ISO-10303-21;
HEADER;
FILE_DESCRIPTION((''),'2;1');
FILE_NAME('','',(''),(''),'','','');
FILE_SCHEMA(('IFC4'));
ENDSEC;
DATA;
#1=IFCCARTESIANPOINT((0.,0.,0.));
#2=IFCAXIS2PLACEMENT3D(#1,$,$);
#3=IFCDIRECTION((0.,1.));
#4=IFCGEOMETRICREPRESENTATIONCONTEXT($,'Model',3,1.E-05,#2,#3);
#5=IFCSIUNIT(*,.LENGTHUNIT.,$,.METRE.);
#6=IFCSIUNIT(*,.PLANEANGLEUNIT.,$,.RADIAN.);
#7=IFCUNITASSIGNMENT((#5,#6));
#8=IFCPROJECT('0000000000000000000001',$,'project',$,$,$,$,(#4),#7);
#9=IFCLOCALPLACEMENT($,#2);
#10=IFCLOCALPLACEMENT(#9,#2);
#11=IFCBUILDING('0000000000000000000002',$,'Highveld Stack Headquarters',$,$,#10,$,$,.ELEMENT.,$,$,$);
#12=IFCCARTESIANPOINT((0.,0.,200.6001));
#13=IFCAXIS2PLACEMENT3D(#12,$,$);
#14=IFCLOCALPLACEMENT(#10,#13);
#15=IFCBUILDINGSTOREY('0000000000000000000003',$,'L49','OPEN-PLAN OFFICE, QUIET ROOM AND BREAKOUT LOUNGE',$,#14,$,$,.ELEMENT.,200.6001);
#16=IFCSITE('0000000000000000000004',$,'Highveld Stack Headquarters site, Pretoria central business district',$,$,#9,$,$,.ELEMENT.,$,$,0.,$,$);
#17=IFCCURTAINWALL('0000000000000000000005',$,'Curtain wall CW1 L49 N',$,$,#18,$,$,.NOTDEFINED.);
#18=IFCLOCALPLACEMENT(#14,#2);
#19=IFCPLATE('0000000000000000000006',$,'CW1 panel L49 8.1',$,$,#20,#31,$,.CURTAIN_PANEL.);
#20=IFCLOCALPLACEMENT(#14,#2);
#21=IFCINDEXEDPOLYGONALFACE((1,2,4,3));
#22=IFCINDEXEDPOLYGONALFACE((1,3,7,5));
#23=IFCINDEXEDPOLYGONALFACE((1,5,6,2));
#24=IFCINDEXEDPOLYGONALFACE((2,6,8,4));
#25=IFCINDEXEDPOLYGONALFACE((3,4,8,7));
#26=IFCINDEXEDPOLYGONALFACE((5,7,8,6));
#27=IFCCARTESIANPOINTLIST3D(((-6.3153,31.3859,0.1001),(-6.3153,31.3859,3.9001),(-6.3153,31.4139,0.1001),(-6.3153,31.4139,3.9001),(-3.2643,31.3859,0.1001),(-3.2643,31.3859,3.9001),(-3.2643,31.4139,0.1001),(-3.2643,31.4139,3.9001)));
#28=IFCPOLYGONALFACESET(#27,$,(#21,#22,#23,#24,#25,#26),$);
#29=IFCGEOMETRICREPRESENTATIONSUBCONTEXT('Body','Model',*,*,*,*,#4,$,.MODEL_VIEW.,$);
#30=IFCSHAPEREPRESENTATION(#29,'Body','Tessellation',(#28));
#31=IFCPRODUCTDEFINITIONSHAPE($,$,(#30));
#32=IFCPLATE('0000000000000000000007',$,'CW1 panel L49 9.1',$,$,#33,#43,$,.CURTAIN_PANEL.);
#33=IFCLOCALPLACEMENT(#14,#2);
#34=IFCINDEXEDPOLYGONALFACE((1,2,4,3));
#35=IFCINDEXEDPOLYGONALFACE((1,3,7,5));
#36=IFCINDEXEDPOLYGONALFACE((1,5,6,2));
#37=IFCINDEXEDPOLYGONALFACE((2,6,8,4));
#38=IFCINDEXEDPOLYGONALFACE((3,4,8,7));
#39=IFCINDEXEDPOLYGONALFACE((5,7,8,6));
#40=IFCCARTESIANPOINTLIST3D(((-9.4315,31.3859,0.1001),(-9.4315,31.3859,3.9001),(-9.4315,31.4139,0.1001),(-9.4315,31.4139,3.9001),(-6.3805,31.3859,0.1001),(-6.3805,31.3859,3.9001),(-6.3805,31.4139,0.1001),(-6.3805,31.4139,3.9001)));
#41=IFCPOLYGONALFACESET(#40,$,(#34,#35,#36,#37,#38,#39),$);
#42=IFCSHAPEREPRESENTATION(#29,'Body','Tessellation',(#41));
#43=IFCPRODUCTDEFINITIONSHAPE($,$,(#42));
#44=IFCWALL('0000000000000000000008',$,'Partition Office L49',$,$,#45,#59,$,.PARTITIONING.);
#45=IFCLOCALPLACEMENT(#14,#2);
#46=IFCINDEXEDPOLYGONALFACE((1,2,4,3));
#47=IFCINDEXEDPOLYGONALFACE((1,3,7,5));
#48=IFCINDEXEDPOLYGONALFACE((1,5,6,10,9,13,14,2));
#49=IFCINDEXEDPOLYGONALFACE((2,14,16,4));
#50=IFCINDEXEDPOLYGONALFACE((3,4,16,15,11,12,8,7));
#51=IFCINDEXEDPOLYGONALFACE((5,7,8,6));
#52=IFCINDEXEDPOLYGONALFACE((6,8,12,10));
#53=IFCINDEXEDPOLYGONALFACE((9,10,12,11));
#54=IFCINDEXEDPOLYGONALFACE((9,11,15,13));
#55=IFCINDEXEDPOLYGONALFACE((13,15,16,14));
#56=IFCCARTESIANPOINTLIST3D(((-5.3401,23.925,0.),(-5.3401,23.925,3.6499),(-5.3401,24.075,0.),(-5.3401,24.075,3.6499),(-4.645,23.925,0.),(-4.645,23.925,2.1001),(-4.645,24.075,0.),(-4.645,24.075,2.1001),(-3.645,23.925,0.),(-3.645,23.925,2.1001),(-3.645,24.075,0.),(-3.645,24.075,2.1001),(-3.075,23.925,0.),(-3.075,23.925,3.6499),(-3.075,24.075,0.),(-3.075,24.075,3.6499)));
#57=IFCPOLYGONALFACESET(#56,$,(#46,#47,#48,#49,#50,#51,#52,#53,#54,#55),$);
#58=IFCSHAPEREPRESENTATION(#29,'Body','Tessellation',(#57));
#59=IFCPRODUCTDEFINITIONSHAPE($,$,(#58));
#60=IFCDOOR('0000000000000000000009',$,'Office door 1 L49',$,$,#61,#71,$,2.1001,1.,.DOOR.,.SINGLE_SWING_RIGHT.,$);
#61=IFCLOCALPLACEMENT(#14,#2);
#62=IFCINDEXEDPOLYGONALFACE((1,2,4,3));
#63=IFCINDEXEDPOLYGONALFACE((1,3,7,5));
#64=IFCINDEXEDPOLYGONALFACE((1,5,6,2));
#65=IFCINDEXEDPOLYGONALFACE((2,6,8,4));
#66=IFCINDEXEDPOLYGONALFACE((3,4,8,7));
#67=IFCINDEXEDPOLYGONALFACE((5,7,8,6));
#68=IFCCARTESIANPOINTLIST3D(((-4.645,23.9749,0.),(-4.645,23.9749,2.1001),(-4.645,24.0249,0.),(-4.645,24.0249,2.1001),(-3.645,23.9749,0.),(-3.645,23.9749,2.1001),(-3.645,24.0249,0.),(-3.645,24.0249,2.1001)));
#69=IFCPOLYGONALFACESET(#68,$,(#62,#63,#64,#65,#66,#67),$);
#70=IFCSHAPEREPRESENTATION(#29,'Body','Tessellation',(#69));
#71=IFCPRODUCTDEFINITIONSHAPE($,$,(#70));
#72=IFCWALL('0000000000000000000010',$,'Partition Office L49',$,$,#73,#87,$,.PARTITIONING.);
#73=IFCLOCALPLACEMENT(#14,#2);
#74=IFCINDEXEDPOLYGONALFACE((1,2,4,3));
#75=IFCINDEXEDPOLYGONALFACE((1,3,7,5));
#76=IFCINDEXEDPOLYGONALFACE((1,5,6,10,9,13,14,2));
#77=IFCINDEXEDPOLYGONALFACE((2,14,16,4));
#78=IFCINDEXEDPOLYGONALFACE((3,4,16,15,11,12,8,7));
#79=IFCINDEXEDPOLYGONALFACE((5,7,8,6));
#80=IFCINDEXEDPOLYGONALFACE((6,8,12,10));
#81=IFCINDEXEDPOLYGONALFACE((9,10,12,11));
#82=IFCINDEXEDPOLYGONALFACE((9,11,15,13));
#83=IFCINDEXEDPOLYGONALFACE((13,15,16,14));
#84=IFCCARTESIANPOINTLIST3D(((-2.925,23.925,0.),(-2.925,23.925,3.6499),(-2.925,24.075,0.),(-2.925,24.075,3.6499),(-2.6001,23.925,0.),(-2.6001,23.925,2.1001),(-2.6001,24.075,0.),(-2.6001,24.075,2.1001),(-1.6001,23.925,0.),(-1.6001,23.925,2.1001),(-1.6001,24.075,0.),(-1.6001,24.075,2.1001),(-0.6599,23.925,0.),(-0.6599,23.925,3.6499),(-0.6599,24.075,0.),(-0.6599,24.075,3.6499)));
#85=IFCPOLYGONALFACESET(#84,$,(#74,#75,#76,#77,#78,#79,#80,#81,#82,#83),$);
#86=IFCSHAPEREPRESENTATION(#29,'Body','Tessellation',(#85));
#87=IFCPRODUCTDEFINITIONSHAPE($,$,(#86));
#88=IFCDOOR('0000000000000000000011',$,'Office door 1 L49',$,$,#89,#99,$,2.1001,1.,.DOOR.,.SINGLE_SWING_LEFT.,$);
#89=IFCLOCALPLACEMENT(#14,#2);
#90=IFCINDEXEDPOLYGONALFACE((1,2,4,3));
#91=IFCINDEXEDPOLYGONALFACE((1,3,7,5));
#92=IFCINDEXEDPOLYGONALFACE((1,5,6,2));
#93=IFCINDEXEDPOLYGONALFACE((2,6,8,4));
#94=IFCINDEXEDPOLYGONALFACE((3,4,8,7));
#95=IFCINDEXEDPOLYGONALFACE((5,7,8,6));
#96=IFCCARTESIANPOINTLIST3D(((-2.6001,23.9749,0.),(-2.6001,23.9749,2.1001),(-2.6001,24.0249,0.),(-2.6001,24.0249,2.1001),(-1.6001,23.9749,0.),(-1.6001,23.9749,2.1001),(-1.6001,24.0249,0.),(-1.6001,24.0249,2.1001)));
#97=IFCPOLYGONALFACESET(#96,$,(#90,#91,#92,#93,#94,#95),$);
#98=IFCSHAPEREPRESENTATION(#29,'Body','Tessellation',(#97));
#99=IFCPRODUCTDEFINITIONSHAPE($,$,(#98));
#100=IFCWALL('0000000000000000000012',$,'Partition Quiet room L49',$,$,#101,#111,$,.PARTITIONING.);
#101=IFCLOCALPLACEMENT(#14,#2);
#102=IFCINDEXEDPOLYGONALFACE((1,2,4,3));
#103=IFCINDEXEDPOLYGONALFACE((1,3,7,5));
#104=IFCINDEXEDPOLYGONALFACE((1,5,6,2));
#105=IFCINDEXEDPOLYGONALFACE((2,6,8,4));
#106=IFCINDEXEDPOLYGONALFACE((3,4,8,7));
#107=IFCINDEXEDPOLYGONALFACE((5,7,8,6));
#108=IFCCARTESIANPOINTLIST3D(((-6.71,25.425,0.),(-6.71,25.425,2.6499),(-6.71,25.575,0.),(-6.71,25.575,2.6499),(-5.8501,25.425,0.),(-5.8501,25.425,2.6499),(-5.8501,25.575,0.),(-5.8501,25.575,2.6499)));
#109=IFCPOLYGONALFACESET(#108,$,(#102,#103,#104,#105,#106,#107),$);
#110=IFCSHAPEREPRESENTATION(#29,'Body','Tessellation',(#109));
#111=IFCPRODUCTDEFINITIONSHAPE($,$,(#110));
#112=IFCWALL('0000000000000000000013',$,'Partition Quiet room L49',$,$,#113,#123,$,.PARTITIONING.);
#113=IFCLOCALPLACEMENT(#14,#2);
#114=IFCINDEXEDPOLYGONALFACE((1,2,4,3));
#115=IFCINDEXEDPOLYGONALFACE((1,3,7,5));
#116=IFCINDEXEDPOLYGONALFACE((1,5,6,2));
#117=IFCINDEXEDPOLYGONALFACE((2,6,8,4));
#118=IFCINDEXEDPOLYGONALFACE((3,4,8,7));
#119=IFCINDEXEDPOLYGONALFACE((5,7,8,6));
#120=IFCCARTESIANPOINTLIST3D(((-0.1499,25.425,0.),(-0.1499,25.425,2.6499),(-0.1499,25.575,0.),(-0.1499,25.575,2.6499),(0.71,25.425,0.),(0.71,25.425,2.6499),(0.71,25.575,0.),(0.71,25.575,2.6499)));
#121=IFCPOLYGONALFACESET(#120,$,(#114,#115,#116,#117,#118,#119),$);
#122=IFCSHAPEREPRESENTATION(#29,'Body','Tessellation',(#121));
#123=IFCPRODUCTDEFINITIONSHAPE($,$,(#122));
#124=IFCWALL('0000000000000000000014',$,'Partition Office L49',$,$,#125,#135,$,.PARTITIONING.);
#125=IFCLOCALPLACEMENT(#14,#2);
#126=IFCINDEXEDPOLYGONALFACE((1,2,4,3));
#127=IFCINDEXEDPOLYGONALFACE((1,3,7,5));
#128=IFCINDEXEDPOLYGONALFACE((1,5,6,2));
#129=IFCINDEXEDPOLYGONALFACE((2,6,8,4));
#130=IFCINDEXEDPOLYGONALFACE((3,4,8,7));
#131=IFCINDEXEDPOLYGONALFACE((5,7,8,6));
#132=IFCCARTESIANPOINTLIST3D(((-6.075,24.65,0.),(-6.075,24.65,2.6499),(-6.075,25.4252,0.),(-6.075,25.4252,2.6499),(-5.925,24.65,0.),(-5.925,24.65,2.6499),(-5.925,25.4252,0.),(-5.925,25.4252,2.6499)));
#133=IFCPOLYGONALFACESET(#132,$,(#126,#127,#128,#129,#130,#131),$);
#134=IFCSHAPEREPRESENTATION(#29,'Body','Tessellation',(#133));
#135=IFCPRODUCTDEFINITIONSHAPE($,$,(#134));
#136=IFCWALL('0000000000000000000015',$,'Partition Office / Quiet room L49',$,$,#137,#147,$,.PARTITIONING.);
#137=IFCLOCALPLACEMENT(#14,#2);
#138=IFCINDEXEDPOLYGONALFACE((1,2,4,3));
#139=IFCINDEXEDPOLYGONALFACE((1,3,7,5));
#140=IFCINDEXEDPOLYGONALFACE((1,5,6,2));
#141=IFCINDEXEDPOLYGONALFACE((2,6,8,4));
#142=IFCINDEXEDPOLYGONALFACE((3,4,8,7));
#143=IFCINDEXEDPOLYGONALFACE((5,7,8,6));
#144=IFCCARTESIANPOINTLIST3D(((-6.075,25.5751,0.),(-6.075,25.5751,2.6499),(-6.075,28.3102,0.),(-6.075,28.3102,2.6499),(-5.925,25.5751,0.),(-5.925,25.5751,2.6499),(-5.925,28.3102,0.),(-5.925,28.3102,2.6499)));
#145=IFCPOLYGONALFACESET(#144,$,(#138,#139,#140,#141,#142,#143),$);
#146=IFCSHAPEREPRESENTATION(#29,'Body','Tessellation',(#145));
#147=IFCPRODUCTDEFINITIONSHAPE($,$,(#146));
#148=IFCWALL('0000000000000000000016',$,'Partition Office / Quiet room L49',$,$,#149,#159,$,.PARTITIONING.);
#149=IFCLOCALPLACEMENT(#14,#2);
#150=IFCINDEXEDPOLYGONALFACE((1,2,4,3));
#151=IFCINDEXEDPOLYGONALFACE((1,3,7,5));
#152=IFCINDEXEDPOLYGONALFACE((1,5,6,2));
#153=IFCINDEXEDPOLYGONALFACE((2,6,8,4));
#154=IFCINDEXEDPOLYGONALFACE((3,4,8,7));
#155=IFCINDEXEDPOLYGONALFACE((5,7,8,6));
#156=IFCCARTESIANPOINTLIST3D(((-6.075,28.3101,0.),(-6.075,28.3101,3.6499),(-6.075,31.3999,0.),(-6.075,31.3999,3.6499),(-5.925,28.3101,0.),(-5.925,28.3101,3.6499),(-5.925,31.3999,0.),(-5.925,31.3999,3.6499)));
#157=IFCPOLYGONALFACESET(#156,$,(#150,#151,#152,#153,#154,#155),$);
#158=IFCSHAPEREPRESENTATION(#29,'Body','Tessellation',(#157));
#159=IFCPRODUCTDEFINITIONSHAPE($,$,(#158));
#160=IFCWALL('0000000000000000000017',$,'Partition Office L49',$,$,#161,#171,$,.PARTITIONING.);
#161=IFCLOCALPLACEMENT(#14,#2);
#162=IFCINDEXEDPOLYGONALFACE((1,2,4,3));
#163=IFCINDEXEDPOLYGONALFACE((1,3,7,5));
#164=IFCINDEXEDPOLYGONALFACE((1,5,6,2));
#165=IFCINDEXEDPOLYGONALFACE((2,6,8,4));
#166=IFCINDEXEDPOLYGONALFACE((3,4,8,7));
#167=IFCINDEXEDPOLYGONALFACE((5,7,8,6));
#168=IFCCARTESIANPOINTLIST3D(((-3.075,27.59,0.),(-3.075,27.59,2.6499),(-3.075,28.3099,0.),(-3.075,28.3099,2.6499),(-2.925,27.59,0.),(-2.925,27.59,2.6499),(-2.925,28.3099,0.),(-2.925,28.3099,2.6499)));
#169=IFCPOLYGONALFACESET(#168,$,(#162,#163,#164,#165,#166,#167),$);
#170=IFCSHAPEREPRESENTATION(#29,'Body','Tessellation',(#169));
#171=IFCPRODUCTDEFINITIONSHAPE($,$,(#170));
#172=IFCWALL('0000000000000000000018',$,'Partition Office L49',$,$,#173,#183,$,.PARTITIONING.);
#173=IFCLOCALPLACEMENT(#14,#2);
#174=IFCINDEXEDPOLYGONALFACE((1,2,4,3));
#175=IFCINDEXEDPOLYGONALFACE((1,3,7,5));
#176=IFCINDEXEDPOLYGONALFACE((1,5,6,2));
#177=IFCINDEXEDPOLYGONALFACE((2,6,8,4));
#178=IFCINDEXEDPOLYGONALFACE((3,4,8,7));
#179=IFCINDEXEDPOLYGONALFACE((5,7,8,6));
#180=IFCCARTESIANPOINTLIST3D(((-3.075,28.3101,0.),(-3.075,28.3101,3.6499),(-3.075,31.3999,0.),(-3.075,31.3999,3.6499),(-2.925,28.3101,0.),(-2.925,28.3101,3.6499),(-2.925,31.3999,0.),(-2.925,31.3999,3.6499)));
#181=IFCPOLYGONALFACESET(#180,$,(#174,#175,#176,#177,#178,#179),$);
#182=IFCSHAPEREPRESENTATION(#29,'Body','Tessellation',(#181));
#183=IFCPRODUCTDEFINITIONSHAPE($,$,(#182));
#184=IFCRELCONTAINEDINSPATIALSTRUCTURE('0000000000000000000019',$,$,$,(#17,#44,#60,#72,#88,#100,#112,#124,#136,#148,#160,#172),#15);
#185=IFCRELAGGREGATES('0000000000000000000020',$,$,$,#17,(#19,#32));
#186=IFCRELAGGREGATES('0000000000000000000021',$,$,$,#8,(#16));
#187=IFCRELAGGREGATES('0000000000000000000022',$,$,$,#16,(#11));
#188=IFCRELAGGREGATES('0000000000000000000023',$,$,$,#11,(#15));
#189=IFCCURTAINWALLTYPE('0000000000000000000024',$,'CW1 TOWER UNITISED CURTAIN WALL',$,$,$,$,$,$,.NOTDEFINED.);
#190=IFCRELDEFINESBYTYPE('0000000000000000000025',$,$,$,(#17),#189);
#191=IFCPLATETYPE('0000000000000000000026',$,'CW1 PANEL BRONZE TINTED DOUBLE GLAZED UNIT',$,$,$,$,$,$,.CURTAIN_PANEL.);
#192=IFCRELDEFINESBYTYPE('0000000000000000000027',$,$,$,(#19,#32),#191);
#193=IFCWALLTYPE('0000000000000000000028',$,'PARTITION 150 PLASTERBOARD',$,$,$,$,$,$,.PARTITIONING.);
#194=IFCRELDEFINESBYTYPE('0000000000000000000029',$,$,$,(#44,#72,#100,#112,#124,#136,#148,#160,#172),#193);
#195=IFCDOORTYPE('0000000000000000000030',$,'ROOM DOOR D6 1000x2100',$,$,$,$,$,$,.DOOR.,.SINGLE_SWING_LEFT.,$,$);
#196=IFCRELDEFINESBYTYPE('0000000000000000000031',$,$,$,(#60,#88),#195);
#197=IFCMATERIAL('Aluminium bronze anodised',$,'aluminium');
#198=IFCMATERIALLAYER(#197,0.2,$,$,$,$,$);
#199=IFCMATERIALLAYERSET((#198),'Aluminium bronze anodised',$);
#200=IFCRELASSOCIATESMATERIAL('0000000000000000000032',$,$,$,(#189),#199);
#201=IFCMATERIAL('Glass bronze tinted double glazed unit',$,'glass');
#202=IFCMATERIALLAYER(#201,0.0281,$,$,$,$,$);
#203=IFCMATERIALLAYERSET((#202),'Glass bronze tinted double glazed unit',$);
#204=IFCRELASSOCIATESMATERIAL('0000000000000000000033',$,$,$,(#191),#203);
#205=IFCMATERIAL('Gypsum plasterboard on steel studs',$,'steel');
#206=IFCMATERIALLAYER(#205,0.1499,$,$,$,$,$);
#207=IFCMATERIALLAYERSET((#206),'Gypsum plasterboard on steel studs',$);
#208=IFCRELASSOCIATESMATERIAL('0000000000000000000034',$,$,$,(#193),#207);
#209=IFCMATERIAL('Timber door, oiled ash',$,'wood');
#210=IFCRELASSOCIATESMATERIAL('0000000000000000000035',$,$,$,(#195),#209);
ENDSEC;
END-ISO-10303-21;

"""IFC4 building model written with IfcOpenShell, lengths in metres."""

from ifc_helpers import new_model, si_unit, direction, frame, frame_2d, origin, origin_2d, place, context, subcontext, project, spatial, rectangle, extrude, material, layer, layer_set, type_object, element, fill, aggregate, save


model = new_model("IFC4")

# Units and contexts
model_context = context("Model", 3, precision=1e-05, world=origin(), true_north=direction((0.0, 1.0)))
body_context = subcontext(model_context, "Body", "Model", "MODEL_VIEW")
ifc_project = project(units=[si_unit("LENGTHUNIT", "METRE"), si_unit("PLANEANGLEUNIT", "RADIAN")], contexts=[model_context])

# Site, building, storey
site_placement = place(None, origin())
site = spatial("IfcSite", under=ifc_project, at=site_placement, Name="Highveld Stack Headquarters site, Pretoria central business district", CompositionType="ELEMENT", RefElevation=0.0)
building_placement = place(site_placement, origin())
building = spatial("IfcBuilding", under=site, at=building_placement, Name="Highveld Stack Headquarters", CompositionType="ELEMENT")
storey_placement = place(building_placement, frame((0.0, 0.0, 200.6001)))
storey = spatial("IfcBuildingStorey", under=building, at=storey_placement, Name="L49", Description="OPEN-PLAN OFFICE, QUIET ROOM AND BREAKOUT LOUNGE", CompositionType="ELEMENT", Elevation=200.6001)

# Curtain wall
ifc_material_1 = material(Name="Aluminium bronze anodised", Category="aluminium")
ifc_layer_1 = layer(ifc_material_1, 0.2)
ifc_layer_set_1 = layer_set([ifc_layer_1], Name="Aluminium bronze anodised")
curtain_wall_type = type_object("IfcCurtainWallType", Name="CW1 TOWER UNITISED CURTAIN WALL", PredefinedType="NOTDEFINED", material=ifc_layer_set_1)
curtain_wall_placement = place(storey_placement, origin())
curtain_wall = element("IfcCurtainWall", 1, at=curtain_wall_placement, inside=storey, type_object=curtain_wall_type, Name="Curtain wall CW1 L49 N", PredefinedType="NOTDEFINED")

# Plates
ifc_material_2 = material(Name="Glass bronze tinted double glazed unit", Category="glass")
ifc_layer_2 = layer(ifc_material_2, 0.0281)
ifc_layer_set_2 = layer_set([ifc_layer_2], Name="Glass bronze tinted double glazed unit")
plate_type = type_object("IfcPlateType", Name="CW1 PANEL BRONZE TINTED DOUBLE GLAZED UNIT", PredefinedType="CURTAIN_PANEL", material=ifc_layer_set_2)
plate_1_placement = place(storey_placement, frame((-4.7898, 31.3999, 0.1001), z_axis=(0.0, 0.0, 1.0), x_axis=(-1.0, 0.0, 0.0)))
plate_1 = element("IfcPlate", 2, at=plate_1_placement, type_object=plate_type, Name="CW1 panel L49 8.1", PredefinedType="CURTAIN_PANEL", context=body_context, shape_type="SweptSolid", body=[
    extrude(rectangle(XDim=3.051, YDim=0.0281, at=origin_2d()), origin(), (0.0, 0.0, 1.0), 3.8),
])
plate_2_placement = place(storey_placement, frame((-7.906, 31.3999, 0.1001), z_axis=(0.0, 0.0, 1.0), x_axis=(-1.0, 0.0, 0.0)))
plate_2 = element("IfcPlate", 3, at=plate_2_placement, type_object=plate_type, Name="CW1 panel L49 9.1", PredefinedType="CURTAIN_PANEL", context=body_context, shape_type="SweptSolid", body=[
    extrude(rectangle(XDim=3.051, YDim=0.0281, at=origin_2d()), origin(), (0.0, 0.0, 1.0), 3.8),
])
aggregate(curtain_wall, [plate_1, plate_2])

# Walls, openings, doors
ifc_material_3 = material(Name="Gypsum plasterboard on steel studs", Category="steel")
ifc_layer_3 = layer(ifc_material_3, 0.1499)
ifc_layer_set_3 = layer_set([ifc_layer_3], Name="Gypsum plasterboard on steel studs")
wall_type = type_object("IfcWallType", Name="PARTITION 150 PLASTERBOARD", PredefinedType="PARTITIONING", material=ifc_layer_set_3)
wall_1_placement = place(storey_placement, frame((-5.3401, 24.0, 0.0), z_axis=(0.0, 0.0, 1.0), x_axis=(1.0, 0.0, 0.0)))
wall_1 = element("IfcWall", 4, at=wall_1_placement, inside=storey, type_object=wall_type, Name="Partition Office L49", PredefinedType="PARTITIONING", context=body_context, shape_type="SweptSolid", body=[
    extrude(rectangle(XDim=2.2651, YDim=0.1499, at=frame_2d((1.1326, 0.0))), origin(), (0.0, 0.0, 1.0), 3.6499),
])
opening_1_placement = place(wall_1_placement, frame((0.6951, 0.0, 0.0)))
opening_1 = element("IfcOpeningElement", 5, at=opening_1_placement, cuts=wall_1, PredefinedType="OPENING", context=body_context, shape_type="SweptSolid", body=[
    extrude(rectangle(XDim=1.0, YDim=2.1001, at=frame_2d((0.5, 1.05))), frame((0.0, 0.085, 0.0), z_axis=(0.0, -1.0, 0.0), x_axis=(1.0, 0.0, 0.0)), (0.0, 0.0, 1.0), 0.1699),
])
ifc_material_4 = material(Name="Timber door, oiled ash", Category="wood")
door_type = type_object("IfcDoorType", Name="ROOM DOOR D6 1000x2100", OperationType="SINGLE_SWING_LEFT", PredefinedType="DOOR", material=ifc_material_4)
door_1_placement = place(opening_1_placement, origin())
door_1 = element("IfcDoor", 6, at=door_1_placement, inside=storey, type_object=door_type, Name="Office door 1 L49", OperationType="SINGLE_SWING_RIGHT", OverallHeight=2.1001, OverallWidth=1.0, PredefinedType="DOOR", context=body_context, shape_type="SweptSolid", body=[
    extrude(rectangle(XDim=1.0, YDim=2.1001, at=frame_2d((0.5, 1.05))), frame((0.0, 0.0249, 0.0), z_axis=(0.0, -1.0, 0.0), x_axis=(1.0, 0.0, 0.0)), (0.0, 0.0, 1.0), 0.05),
])
fill(opening_1, door_1)
wall_2_placement = place(storey_placement, frame((-2.925, 24.0, 0.0), z_axis=(0.0, 0.0, 1.0), x_axis=(1.0, 0.0, 0.0)))
wall_2 = element("IfcWall", 7, at=wall_2_placement, inside=storey, type_object=wall_type, Name="Partition Office L49", PredefinedType="PARTITIONING", context=body_context, shape_type="SweptSolid", body=[
    extrude(rectangle(XDim=2.2651, YDim=0.1499, at=frame_2d((1.1326, 0.0))), origin(), (0.0, 0.0, 1.0), 3.6499),
])
opening_2_placement = place(wall_2_placement, frame((0.325, 0.0, 0.0)))
opening_2 = element("IfcOpeningElement", 8, at=opening_2_placement, cuts=wall_2, PredefinedType="OPENING", context=body_context, shape_type="SweptSolid", body=[
    extrude(rectangle(XDim=1.0, YDim=2.1001, at=frame_2d((0.5, 1.05))), frame((0.0, 0.085, 0.0), z_axis=(0.0, -1.0, 0.0), x_axis=(1.0, 0.0, 0.0)), (0.0, 0.0, 1.0), 0.1699),
])
door_2_placement = place(opening_2_placement, origin())
door_2 = element("IfcDoor", 9, at=door_2_placement, inside=storey, type_object=door_type, Name="Office door 1 L49", OperationType="SINGLE_SWING_LEFT", OverallHeight=2.1001, OverallWidth=1.0, PredefinedType="DOOR", context=body_context, shape_type="SweptSolid", body=[
    extrude(rectangle(XDim=1.0, YDim=2.1001, at=frame_2d((0.5, 1.05))), frame((0.0, 0.0249, 0.0), z_axis=(0.0, -1.0, 0.0), x_axis=(1.0, 0.0, 0.0)), (0.0, 0.0, 1.0), 0.05),
])
fill(opening_2, door_2)

# Walls
for number, where, z_axis, x_axis, name in (
    (10, (-6.71, 25.5, 0.0), (0.0, 0.0, 1.0), (1.0, 0.0, 0.0), "Partition Quiet room L49"),
    (11, (-0.1499, 25.5, 0.0), (0.0, 0.0, 1.0), (1.0, 0.0, 0.0), "Partition Quiet room L49"),
):
    element("IfcWall", number, at=place(storey_placement, frame(where, z_axis=z_axis, x_axis=x_axis)), inside=storey, type_object=wall_type, Name=name, PredefinedType="PARTITIONING", context=body_context, shape_type="SweptSolid", body=[
        extrude(rectangle(XDim=0.8599, YDim=0.1499, at=frame_2d((0.4299, 0.0))), origin(), (0.0, 0.0, 1.0), 2.6499),
    ])
wall_3_placement = place(storey_placement, frame((-6.0, 24.6499, 0.0), z_axis=(0.0, 0.0, 1.0), x_axis=(0.0, 1.0, 0.0)))
element("IfcWall", 12, at=wall_3_placement, inside=storey, type_object=wall_type, Name="Partition Office L49", PredefinedType="PARTITIONING", context=body_context, shape_type="SweptSolid", body=[
    extrude(rectangle(XDim=0.7751, YDim=0.1499, at=frame_2d((0.3877, 0.0))), origin(), (0.0, 0.0, 1.0), 2.6499),
])
wall_4_placement = place(storey_placement, frame((-6.0, 25.575, 0.0), z_axis=(0.0, 0.0, 1.0), x_axis=(0.0, 1.0, 0.0)))
element("IfcWall", 13, at=wall_4_placement, inside=storey, type_object=wall_type, Name="Partition Office / Quiet room L49", PredefinedType="PARTITIONING", context=body_context, shape_type="SweptSolid", body=[
    extrude(rectangle(XDim=2.7351, YDim=0.1499, at=frame_2d((1.3677, 0.0))), origin(), (0.0, 0.0, 1.0), 2.6499),
])
wall_5_placement = place(storey_placement, frame((-6.0, 28.3101, 0.0), z_axis=(0.0, 0.0, 1.0), x_axis=(0.0, 1.0, 0.0)))
element("IfcWall", 14, at=wall_5_placement, inside=storey, type_object=wall_type, Name="Partition Office / Quiet room L49", PredefinedType="PARTITIONING", context=body_context, shape_type="SweptSolid", body=[
    extrude(rectangle(XDim=3.0898, YDim=0.1499, at=frame_2d((1.5449, 0.0))), origin(), (0.0, 0.0, 1.0), 3.6499),
])
wall_6_placement = place(storey_placement, frame((-3.0, 27.5901, 0.0), z_axis=(0.0, 0.0, 1.0), x_axis=(0.0, 1.0, 0.0)))
element("IfcWall", 15, at=wall_6_placement, inside=storey, type_object=wall_type, Name="Partition Office L49", PredefinedType="PARTITIONING", context=body_context, shape_type="SweptSolid", body=[
    extrude(rectangle(XDim=0.72, YDim=0.1499, at=frame_2d((0.3599, 0.0))), origin(), (0.0, 0.0, 1.0), 2.6499),
])
wall_7_placement = place(storey_placement, frame((-3.0, 28.3101, 0.0), z_axis=(0.0, 0.0, 1.0), x_axis=(0.0, 1.0, 0.0)))
element("IfcWall", 16, at=wall_7_placement, inside=storey, type_object=wall_type, Name="Partition Office L49", PredefinedType="PARTITIONING", context=body_context, shape_type="SweptSolid", body=[
    extrude(rectangle(XDim=3.0898, YDim=0.1499, at=frame_2d((1.5449, 0.0))), origin(), (0.0, 0.0, 1.0), 3.6499),
])

save(model, "model.ifc")
